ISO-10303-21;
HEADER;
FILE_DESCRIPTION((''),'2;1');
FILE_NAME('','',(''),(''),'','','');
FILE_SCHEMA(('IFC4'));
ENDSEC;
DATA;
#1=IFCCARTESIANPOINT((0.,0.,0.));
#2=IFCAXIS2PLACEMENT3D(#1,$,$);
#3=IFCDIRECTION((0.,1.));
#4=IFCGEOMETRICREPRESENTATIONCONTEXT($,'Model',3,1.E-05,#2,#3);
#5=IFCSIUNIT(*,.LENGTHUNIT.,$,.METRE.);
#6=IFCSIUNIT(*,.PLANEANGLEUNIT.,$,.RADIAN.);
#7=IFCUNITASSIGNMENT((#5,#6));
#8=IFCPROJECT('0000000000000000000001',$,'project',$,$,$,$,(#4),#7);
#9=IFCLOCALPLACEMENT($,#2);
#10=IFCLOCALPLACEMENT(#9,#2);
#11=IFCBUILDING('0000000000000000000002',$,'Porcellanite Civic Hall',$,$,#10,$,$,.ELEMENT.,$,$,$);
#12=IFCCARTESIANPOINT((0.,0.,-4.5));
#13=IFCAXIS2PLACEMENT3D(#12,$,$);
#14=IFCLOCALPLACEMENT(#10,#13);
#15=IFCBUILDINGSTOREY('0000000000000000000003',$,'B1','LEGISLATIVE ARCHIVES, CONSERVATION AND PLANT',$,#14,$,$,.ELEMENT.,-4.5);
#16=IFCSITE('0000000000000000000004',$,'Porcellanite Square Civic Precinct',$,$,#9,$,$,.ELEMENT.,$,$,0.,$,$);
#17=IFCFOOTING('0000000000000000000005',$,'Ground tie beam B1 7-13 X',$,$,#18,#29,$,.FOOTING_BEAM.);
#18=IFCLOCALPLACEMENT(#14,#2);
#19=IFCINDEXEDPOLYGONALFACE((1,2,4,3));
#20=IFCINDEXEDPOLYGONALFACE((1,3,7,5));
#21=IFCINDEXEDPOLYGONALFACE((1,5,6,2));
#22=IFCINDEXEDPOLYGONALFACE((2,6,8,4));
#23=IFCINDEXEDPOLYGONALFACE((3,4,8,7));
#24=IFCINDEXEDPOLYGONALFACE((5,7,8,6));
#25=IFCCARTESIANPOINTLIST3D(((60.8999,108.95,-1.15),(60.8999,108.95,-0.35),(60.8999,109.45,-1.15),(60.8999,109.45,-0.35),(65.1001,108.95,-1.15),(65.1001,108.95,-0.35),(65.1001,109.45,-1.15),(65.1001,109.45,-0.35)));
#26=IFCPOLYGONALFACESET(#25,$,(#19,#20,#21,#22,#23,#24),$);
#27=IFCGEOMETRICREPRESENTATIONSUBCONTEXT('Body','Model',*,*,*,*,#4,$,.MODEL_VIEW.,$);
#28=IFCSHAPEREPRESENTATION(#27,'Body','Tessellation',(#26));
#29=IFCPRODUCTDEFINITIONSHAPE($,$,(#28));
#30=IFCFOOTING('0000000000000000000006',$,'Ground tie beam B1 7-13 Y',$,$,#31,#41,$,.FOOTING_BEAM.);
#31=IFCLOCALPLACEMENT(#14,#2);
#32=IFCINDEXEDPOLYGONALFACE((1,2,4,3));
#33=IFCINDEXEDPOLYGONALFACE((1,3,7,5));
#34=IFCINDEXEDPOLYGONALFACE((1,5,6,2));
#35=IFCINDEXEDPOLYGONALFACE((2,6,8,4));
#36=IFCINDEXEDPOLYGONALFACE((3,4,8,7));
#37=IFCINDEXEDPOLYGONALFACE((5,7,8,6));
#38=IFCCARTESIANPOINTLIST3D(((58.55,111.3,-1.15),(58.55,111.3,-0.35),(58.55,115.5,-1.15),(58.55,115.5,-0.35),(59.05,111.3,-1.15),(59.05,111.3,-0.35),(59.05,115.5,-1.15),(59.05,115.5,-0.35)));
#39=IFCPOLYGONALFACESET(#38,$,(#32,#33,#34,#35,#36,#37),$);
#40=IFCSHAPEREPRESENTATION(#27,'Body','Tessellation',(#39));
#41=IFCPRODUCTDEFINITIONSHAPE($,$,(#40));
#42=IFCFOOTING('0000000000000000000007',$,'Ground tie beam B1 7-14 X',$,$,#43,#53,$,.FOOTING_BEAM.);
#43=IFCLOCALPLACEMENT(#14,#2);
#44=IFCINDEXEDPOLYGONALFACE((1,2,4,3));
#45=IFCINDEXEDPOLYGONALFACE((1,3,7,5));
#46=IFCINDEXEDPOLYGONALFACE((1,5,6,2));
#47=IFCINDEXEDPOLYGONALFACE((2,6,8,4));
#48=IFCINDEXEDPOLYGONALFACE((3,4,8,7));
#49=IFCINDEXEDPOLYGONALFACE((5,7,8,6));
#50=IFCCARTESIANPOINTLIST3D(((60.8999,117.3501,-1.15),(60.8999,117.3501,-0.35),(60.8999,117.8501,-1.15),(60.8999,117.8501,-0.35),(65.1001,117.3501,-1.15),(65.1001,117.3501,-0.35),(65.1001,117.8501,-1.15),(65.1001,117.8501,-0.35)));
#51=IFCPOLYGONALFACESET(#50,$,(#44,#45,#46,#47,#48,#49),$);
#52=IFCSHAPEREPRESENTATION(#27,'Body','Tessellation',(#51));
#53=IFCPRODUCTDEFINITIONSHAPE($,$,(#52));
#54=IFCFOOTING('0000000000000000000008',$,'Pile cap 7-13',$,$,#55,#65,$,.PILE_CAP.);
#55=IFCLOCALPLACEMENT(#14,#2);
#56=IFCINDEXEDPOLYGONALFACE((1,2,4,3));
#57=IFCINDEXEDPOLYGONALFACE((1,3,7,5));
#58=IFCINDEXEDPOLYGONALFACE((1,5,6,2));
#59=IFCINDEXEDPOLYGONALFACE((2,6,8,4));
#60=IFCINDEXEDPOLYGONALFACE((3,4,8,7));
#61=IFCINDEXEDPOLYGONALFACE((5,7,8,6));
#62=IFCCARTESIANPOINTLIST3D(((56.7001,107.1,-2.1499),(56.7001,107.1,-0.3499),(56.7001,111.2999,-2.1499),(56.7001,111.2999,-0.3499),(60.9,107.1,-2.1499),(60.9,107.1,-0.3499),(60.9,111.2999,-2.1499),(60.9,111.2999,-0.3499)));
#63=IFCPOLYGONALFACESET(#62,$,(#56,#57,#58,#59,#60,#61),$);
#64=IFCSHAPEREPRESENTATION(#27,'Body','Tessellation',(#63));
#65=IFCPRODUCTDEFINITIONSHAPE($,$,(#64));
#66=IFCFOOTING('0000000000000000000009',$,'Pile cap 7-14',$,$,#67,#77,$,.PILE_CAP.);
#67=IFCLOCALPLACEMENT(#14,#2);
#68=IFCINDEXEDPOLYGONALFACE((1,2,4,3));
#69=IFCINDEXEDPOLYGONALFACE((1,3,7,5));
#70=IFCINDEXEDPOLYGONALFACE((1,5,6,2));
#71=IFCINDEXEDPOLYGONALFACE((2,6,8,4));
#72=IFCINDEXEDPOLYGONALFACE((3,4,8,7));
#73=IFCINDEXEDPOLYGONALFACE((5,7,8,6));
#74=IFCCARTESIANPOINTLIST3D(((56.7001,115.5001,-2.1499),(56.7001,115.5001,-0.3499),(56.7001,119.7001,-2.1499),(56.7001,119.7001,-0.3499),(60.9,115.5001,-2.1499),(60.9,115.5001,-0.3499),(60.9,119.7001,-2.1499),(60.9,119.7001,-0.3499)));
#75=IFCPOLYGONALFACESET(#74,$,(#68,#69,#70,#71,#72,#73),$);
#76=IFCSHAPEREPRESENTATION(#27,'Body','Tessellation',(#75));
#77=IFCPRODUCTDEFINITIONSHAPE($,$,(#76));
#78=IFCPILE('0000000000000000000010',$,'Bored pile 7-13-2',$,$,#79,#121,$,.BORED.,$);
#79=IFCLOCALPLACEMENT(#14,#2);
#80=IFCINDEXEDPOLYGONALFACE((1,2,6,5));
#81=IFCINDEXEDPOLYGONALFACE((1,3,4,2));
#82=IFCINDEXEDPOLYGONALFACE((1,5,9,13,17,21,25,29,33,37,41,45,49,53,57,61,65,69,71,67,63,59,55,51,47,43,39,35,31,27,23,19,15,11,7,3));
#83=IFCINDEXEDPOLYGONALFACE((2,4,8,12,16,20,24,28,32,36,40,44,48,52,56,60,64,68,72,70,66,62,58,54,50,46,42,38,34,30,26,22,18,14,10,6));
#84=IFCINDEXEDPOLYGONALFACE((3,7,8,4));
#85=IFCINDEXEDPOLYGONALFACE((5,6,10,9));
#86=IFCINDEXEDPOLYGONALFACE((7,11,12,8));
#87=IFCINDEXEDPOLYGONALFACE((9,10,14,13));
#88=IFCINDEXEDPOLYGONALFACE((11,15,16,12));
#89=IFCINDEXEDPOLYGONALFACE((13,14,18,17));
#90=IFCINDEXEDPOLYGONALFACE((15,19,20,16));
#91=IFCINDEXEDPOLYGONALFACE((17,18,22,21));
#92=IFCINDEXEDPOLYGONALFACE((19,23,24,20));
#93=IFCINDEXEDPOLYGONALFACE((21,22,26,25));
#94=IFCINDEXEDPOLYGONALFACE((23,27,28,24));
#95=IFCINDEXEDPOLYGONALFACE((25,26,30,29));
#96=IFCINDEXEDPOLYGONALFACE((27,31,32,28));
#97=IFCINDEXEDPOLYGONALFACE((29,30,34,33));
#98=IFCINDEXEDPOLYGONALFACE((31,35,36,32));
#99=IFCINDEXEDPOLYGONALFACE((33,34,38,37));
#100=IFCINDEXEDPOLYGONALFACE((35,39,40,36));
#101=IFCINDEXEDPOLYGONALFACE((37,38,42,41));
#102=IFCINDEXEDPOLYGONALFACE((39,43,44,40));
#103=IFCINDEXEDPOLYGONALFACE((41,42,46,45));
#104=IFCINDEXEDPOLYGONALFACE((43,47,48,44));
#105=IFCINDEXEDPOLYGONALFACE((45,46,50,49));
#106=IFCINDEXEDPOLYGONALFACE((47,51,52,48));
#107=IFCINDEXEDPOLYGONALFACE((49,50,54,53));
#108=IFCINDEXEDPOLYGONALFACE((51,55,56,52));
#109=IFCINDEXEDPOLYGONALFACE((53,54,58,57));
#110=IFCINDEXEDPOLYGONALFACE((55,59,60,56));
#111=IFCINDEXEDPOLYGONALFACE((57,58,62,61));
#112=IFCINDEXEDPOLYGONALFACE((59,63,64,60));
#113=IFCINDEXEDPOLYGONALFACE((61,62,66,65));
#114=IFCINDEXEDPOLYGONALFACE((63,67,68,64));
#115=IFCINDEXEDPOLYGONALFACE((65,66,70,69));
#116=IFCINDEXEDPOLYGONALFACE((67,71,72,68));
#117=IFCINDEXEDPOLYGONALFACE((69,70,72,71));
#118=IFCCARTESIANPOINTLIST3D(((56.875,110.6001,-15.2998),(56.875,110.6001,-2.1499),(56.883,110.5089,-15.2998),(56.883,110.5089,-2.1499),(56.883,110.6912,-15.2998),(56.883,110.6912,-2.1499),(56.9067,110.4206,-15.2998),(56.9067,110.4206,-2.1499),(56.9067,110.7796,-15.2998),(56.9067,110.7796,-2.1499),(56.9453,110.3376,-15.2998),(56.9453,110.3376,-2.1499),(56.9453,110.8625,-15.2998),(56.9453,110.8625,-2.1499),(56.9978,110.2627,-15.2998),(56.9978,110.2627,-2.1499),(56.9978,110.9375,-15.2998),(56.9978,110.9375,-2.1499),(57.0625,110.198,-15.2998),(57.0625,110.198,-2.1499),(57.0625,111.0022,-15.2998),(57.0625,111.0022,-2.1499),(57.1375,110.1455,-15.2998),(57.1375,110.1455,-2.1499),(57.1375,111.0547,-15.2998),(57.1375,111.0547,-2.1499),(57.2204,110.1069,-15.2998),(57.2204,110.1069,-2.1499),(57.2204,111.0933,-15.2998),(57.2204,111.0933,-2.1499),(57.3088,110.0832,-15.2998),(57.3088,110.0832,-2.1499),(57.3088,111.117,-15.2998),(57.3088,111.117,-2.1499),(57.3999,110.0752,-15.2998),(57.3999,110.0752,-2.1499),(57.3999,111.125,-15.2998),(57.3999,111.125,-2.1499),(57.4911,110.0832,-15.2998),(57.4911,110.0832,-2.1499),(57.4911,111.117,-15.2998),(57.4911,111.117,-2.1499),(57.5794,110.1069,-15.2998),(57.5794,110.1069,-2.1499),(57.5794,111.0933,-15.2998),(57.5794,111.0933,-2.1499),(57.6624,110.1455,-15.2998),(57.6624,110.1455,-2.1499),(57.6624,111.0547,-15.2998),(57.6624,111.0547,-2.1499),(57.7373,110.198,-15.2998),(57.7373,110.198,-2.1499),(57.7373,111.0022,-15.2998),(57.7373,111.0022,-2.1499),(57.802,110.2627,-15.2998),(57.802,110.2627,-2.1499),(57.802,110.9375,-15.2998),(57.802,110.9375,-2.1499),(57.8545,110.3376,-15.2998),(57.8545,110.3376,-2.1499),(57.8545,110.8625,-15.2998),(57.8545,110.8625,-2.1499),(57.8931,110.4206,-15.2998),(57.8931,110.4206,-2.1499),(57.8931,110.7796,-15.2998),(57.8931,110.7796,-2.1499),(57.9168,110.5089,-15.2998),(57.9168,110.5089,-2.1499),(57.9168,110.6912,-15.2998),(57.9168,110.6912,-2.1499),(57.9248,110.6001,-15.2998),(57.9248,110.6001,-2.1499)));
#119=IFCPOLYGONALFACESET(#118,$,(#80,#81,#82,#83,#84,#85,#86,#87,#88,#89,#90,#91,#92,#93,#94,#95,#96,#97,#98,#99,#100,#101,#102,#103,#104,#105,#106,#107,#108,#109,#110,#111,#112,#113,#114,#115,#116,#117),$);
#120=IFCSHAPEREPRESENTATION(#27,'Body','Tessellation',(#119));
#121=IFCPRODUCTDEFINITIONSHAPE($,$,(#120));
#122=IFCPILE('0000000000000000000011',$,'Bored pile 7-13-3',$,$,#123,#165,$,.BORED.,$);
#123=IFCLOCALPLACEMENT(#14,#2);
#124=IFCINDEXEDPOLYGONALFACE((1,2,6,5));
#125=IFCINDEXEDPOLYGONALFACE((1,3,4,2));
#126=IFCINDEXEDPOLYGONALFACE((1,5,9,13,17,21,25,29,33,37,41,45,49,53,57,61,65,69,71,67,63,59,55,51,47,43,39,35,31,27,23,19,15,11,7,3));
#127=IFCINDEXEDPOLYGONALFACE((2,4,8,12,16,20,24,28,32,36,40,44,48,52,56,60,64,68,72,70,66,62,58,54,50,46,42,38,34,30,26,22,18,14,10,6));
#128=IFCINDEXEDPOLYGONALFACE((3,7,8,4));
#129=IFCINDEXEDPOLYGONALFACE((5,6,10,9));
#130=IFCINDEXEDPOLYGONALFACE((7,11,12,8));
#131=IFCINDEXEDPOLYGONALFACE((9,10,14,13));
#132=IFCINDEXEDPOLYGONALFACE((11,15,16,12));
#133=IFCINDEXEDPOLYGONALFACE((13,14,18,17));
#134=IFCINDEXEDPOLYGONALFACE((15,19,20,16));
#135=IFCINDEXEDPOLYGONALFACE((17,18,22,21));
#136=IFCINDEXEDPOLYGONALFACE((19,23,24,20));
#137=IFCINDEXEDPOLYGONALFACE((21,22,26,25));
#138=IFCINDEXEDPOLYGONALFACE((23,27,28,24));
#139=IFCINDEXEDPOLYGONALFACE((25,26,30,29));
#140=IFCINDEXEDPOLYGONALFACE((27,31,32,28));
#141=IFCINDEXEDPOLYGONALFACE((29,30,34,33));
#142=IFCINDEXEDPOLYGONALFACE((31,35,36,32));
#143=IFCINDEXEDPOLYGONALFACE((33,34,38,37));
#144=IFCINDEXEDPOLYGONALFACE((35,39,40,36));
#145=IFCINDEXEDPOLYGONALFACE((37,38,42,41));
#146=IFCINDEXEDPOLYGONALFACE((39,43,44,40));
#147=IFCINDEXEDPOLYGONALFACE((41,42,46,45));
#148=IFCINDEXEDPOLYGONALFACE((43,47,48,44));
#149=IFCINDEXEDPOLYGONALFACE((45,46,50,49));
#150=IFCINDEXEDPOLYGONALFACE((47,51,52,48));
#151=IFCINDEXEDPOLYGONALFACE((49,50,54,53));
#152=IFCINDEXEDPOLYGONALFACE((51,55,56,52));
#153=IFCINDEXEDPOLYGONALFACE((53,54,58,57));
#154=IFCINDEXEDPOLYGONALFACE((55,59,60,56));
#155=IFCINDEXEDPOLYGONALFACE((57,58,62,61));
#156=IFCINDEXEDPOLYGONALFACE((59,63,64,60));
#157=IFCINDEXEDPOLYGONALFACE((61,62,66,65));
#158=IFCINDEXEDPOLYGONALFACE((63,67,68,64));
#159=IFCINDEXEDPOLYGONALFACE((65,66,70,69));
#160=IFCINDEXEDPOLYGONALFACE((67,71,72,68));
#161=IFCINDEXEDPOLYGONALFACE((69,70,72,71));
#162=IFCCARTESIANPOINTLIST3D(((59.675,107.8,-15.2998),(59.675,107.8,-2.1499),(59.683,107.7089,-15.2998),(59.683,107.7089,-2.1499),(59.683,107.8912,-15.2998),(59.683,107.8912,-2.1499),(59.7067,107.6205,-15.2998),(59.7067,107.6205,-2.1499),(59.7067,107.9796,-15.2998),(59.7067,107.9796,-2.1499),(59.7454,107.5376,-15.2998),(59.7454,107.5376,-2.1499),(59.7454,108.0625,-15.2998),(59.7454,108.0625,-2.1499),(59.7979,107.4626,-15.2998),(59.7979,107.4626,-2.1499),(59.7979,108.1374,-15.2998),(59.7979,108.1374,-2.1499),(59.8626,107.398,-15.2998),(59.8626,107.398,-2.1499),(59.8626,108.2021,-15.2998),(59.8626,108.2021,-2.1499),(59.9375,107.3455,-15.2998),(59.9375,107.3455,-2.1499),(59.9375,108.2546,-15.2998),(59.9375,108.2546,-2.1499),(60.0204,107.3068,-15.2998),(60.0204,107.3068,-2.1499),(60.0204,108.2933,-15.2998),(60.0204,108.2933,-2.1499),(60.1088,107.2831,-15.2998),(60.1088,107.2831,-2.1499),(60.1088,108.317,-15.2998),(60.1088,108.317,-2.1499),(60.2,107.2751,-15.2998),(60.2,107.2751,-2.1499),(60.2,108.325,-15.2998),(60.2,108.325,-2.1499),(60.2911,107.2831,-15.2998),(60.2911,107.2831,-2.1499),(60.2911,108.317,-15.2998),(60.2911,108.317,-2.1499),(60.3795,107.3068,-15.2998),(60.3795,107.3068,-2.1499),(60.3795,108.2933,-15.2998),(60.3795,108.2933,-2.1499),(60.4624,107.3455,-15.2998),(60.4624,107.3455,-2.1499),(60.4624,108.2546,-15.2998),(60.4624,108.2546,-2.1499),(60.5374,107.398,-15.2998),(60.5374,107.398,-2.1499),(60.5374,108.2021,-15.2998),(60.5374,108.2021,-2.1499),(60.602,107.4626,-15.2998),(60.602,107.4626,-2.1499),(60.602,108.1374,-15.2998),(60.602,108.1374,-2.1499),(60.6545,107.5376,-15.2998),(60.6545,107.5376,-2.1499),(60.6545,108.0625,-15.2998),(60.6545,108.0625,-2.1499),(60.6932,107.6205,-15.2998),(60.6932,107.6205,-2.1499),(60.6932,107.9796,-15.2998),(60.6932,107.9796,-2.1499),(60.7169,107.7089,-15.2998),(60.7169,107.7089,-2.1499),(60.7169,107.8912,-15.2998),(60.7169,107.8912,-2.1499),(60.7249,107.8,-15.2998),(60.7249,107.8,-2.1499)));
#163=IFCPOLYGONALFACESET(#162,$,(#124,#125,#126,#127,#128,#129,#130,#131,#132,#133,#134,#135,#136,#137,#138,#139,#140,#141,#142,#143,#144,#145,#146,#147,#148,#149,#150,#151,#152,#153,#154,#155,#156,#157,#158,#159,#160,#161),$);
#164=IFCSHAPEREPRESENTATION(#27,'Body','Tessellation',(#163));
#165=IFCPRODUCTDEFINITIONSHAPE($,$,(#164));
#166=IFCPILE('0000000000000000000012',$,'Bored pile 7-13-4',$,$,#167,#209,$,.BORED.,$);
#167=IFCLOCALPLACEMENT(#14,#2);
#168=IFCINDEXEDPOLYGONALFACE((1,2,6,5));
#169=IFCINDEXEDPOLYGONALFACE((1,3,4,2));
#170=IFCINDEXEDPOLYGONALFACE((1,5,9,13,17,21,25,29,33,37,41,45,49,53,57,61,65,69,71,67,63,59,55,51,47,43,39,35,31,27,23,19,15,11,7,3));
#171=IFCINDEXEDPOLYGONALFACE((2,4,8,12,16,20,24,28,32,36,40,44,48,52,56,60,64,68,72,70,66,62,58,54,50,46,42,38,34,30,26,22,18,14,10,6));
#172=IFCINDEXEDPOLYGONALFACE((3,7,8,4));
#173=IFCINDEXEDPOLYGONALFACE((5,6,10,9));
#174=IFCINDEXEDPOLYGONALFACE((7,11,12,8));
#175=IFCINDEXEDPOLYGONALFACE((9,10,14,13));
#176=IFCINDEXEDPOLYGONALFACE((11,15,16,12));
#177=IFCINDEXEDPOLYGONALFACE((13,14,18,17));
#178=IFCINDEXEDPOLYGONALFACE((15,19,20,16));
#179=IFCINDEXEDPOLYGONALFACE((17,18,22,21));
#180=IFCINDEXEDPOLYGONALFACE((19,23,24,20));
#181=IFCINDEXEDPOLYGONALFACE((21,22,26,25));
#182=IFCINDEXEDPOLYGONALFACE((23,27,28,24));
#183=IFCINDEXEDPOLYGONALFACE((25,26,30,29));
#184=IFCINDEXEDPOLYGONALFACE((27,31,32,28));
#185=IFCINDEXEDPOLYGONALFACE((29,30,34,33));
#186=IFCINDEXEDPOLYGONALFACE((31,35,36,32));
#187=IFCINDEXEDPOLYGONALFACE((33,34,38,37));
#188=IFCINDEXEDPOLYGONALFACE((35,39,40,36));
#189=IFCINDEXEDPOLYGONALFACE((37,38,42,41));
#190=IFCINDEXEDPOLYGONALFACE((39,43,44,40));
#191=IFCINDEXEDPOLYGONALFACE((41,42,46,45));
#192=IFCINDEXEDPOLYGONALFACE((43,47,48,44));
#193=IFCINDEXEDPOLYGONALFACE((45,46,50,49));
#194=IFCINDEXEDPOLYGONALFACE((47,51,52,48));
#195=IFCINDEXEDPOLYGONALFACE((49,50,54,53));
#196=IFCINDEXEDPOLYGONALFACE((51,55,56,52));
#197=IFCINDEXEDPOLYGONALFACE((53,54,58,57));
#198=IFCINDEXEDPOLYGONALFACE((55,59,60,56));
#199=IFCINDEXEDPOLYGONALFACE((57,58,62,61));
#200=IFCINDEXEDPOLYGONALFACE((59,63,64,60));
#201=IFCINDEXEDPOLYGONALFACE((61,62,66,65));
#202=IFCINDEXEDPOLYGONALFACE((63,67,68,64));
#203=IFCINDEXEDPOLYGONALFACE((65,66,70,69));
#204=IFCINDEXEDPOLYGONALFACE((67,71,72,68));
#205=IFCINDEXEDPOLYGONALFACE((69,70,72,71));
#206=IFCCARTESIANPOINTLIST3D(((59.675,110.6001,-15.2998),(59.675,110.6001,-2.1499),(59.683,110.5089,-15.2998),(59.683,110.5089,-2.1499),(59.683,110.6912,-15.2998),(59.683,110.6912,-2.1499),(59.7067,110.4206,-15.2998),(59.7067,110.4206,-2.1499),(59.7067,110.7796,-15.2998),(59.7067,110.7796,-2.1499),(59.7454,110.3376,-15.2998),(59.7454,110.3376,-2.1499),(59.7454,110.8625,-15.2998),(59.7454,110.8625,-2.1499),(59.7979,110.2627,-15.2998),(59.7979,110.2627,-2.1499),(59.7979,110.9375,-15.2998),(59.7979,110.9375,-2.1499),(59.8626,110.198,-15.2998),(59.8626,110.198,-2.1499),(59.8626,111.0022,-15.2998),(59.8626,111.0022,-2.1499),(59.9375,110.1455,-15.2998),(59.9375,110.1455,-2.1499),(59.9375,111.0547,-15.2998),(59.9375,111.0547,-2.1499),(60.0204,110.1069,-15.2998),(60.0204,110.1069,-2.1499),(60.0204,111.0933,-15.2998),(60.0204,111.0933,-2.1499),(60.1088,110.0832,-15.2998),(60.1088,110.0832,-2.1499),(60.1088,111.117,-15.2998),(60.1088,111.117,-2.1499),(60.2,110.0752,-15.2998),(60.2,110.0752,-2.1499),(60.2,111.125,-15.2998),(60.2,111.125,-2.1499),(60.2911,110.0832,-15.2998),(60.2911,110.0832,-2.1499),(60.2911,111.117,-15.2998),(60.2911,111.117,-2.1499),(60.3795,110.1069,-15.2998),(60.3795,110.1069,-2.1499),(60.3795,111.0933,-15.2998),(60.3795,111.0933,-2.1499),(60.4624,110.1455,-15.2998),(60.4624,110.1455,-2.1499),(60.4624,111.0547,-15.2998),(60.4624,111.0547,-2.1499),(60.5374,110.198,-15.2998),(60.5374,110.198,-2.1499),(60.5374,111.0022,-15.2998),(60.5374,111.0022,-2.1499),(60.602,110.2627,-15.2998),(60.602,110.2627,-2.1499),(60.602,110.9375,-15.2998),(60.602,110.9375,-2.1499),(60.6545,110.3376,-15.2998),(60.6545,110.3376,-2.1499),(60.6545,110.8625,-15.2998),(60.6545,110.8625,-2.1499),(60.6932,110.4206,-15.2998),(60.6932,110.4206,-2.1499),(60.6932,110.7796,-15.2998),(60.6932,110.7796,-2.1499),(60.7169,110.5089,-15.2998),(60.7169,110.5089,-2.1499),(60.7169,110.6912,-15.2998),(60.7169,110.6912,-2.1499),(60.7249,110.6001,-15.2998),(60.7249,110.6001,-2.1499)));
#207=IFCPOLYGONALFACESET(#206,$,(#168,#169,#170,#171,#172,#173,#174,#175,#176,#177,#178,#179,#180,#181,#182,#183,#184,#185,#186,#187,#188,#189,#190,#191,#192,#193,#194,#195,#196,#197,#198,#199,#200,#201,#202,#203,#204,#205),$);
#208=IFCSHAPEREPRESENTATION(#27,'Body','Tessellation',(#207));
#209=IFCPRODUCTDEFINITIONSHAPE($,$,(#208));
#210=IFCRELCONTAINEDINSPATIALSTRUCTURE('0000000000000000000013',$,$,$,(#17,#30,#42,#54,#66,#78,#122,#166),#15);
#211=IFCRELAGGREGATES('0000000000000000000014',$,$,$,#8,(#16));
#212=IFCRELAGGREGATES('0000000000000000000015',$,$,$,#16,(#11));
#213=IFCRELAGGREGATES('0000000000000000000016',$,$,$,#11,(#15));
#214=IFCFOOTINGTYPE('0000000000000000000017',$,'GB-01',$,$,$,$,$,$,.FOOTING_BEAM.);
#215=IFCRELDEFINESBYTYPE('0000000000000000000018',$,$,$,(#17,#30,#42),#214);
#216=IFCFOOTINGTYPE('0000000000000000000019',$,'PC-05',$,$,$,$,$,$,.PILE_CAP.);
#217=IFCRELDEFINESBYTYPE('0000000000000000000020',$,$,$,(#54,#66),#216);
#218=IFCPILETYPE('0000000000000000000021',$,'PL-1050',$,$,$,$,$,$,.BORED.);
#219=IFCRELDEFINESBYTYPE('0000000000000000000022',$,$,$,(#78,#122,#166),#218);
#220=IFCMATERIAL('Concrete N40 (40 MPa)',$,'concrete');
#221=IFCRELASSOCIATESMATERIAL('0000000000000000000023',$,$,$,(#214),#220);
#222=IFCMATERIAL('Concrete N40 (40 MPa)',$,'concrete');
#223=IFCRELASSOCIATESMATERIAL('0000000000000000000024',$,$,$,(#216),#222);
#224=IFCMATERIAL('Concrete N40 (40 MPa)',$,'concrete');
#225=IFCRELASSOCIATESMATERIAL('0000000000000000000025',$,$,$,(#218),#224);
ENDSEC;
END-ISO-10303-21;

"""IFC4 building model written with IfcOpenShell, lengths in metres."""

from ifc_helpers import new_model, si_unit, direction, frame, origin, origin_2d, place, context, subcontext, project, spatial, rectangle, circle, extrude, material, material_profile, profile_set, type_object, element, save


model = new_model("IFC4")

# Units and contexts
model_context = context("Model", 3, precision=1e-05, world=origin(), true_north=direction((0.0, 1.0)))
body_context = subcontext(model_context, "Body", "Model", "MODEL_VIEW")
ifc_project = project(units=[si_unit("LENGTHUNIT", "METRE"), si_unit("PLANEANGLEUNIT", "RADIAN")], contexts=[model_context])

# Site, building, storey
site_placement = place(None, origin())
site = spatial("IfcSite", under=ifc_project, at=site_placement, Name="Porcellanite Square Civic Precinct", CompositionType="ELEMENT", RefElevation=0.0)
building_placement = place(site_placement, origin())
building = spatial("IfcBuilding", under=site, at=building_placement, Name="Porcellanite Civic Hall", CompositionType="ELEMENT")
storey_placement = place(building_placement, frame((0.0, 0.0, -4.5)))
storey = spatial("IfcBuildingStorey", under=building, at=storey_placement, Name="B1", Description="LEGISLATIVE ARCHIVES, CONSERVATION AND PLANT", CompositionType="ELEMENT", Elevation=-4.5)

# Footings
ifc_material_1 = material(Name="Concrete N40 (40 MPa)", Category="concrete")
ifc_material_profile_1 = material_profile(ifc_material_1, rectangle(XDim=0.5, YDim=0.8, at=origin_2d()), Name="RC-500x800")
ifc_profile_set_1 = profile_set([ifc_material_profile_1], Name="Concrete N40 (40 MPa)")
footing_type_1 = type_object("IfcFootingType", Name="GB-01", PredefinedType="FOOTING_BEAM", material=ifc_profile_set_1)
footing_1_placement = place(storey_placement, frame((60.8999, 109.2, -0.75), z_axis=(1.0, 0.0, 0.0), x_axis=(0.0, 1.0, 0.0)))
element("IfcFooting", 1, at=footing_1_placement, inside=storey, type_object=footing_type_1, Name="Ground tie beam B1 7-13 X", PredefinedType="FOOTING_BEAM", context=body_context, shape_type="SweptSolid", body=[
    extrude(rectangle(XDim=0.5, YDim=0.8, at=origin_2d()), origin(), (0.0, 0.0, 1.0), 4.2002),
])
footing_2_placement = place(storey_placement, frame((58.8, 111.3, -0.75), z_axis=(0.0, 1.0, 0.0), x_axis=(-1.0, 0.0, 0.0)))
element("IfcFooting", 2, at=footing_2_placement, inside=storey, type_object=footing_type_1, Name="Ground tie beam B1 7-13 Y", PredefinedType="FOOTING_BEAM", context=body_context, shape_type="SweptSolid", body=[
    extrude(rectangle(XDim=0.5, YDim=0.8, at=origin_2d()), origin(), (0.0, 0.0, 1.0), 4.2),
])
footing_3_placement = place(storey_placement, frame((60.8999, 117.6001, -0.75), z_axis=(1.0, 0.0, 0.0), x_axis=(0.0, 1.0, 0.0)))
element("IfcFooting", 3, at=footing_3_placement, inside=storey, type_object=footing_type_1, Name="Ground tie beam B1 7-14 X", PredefinedType="FOOTING_BEAM", context=body_context, shape_type="SweptSolid", body=[
    extrude(rectangle(XDim=0.5, YDim=0.8, at=origin_2d()), origin(), (0.0, 0.0, 1.0), 4.2002),
])
ifc_material_2 = material(Name="Concrete N40 (40 MPa)", Category="concrete")
footing_type_2 = type_object("IfcFootingType", Name="PC-05", PredefinedType="PILE_CAP", material=ifc_material_2)
for number, where, z_axis, x_axis, name in (
    (4, (58.8, 109.2, -2.1499), (0.0, 0.0, 1.0), (1.0, 0.0, 0.0), "Pile cap 7-13"),
    (5, (58.8, 117.6001, -2.1499), (0.0, 0.0, 1.0), (1.0, 0.0, 0.0), "Pile cap 7-14"),
):
    element("IfcFooting", number, at=place(storey_placement, frame(where, z_axis=z_axis, x_axis=x_axis)), inside=storey, type_object=footing_type_2, Name=name, PredefinedType="PILE_CAP", context=body_context, shape_type="SweptSolid", body=[
        extrude(rectangle(XDim=4.2, YDim=4.2, at=origin_2d()), origin(), (0.0, 0.0, 1.0), 1.8),
    ])

# Piles
ifc_material_3 = material(Name="Concrete N40 (40 MPa)", Category="concrete")
ifc_material_profile_2 = material_profile(ifc_material_3, circle(Radius=0.5249, at=origin_2d()), Name="PILE-D1050")
ifc_profile_set_2 = profile_set([ifc_material_profile_2], Name="Concrete N40 (40 MPa)")
pile_type = type_object("IfcPileType", Name="PL-1050", PredefinedType="BORED", material=ifc_profile_set_2)
for number, where, z_axis, x_axis, name in (
    (6, (57.3999, 110.6001, -2.1499), (0.0, 0.0, -1.0), (1.0, 0.0, 0.0), "Bored pile 7-13-2"),
    (7, (60.2, 107.8, -2.1499), (0.0, 0.0, -1.0), (1.0, 0.0, 0.0), "Bored pile 7-13-3"),
    (8, (60.2, 110.6001, -2.1499), (0.0, 0.0, -1.0), (1.0, 0.0, 0.0), "Bored pile 7-13-4"),
):
    element("IfcPile", number, at=place(storey_placement, frame(where, z_axis=z_axis, x_axis=x_axis)), inside=storey, type_object=pile_type, Name=name, PredefinedType="BORED", context=body_context, shape_type="SweptSolid", body=[
        extrude(circle(Radius=0.5249, at=origin_2d()), origin(), (0.0, 0.0, 1.0), 13.1499),
    ])

save(model, "model.ifc")
